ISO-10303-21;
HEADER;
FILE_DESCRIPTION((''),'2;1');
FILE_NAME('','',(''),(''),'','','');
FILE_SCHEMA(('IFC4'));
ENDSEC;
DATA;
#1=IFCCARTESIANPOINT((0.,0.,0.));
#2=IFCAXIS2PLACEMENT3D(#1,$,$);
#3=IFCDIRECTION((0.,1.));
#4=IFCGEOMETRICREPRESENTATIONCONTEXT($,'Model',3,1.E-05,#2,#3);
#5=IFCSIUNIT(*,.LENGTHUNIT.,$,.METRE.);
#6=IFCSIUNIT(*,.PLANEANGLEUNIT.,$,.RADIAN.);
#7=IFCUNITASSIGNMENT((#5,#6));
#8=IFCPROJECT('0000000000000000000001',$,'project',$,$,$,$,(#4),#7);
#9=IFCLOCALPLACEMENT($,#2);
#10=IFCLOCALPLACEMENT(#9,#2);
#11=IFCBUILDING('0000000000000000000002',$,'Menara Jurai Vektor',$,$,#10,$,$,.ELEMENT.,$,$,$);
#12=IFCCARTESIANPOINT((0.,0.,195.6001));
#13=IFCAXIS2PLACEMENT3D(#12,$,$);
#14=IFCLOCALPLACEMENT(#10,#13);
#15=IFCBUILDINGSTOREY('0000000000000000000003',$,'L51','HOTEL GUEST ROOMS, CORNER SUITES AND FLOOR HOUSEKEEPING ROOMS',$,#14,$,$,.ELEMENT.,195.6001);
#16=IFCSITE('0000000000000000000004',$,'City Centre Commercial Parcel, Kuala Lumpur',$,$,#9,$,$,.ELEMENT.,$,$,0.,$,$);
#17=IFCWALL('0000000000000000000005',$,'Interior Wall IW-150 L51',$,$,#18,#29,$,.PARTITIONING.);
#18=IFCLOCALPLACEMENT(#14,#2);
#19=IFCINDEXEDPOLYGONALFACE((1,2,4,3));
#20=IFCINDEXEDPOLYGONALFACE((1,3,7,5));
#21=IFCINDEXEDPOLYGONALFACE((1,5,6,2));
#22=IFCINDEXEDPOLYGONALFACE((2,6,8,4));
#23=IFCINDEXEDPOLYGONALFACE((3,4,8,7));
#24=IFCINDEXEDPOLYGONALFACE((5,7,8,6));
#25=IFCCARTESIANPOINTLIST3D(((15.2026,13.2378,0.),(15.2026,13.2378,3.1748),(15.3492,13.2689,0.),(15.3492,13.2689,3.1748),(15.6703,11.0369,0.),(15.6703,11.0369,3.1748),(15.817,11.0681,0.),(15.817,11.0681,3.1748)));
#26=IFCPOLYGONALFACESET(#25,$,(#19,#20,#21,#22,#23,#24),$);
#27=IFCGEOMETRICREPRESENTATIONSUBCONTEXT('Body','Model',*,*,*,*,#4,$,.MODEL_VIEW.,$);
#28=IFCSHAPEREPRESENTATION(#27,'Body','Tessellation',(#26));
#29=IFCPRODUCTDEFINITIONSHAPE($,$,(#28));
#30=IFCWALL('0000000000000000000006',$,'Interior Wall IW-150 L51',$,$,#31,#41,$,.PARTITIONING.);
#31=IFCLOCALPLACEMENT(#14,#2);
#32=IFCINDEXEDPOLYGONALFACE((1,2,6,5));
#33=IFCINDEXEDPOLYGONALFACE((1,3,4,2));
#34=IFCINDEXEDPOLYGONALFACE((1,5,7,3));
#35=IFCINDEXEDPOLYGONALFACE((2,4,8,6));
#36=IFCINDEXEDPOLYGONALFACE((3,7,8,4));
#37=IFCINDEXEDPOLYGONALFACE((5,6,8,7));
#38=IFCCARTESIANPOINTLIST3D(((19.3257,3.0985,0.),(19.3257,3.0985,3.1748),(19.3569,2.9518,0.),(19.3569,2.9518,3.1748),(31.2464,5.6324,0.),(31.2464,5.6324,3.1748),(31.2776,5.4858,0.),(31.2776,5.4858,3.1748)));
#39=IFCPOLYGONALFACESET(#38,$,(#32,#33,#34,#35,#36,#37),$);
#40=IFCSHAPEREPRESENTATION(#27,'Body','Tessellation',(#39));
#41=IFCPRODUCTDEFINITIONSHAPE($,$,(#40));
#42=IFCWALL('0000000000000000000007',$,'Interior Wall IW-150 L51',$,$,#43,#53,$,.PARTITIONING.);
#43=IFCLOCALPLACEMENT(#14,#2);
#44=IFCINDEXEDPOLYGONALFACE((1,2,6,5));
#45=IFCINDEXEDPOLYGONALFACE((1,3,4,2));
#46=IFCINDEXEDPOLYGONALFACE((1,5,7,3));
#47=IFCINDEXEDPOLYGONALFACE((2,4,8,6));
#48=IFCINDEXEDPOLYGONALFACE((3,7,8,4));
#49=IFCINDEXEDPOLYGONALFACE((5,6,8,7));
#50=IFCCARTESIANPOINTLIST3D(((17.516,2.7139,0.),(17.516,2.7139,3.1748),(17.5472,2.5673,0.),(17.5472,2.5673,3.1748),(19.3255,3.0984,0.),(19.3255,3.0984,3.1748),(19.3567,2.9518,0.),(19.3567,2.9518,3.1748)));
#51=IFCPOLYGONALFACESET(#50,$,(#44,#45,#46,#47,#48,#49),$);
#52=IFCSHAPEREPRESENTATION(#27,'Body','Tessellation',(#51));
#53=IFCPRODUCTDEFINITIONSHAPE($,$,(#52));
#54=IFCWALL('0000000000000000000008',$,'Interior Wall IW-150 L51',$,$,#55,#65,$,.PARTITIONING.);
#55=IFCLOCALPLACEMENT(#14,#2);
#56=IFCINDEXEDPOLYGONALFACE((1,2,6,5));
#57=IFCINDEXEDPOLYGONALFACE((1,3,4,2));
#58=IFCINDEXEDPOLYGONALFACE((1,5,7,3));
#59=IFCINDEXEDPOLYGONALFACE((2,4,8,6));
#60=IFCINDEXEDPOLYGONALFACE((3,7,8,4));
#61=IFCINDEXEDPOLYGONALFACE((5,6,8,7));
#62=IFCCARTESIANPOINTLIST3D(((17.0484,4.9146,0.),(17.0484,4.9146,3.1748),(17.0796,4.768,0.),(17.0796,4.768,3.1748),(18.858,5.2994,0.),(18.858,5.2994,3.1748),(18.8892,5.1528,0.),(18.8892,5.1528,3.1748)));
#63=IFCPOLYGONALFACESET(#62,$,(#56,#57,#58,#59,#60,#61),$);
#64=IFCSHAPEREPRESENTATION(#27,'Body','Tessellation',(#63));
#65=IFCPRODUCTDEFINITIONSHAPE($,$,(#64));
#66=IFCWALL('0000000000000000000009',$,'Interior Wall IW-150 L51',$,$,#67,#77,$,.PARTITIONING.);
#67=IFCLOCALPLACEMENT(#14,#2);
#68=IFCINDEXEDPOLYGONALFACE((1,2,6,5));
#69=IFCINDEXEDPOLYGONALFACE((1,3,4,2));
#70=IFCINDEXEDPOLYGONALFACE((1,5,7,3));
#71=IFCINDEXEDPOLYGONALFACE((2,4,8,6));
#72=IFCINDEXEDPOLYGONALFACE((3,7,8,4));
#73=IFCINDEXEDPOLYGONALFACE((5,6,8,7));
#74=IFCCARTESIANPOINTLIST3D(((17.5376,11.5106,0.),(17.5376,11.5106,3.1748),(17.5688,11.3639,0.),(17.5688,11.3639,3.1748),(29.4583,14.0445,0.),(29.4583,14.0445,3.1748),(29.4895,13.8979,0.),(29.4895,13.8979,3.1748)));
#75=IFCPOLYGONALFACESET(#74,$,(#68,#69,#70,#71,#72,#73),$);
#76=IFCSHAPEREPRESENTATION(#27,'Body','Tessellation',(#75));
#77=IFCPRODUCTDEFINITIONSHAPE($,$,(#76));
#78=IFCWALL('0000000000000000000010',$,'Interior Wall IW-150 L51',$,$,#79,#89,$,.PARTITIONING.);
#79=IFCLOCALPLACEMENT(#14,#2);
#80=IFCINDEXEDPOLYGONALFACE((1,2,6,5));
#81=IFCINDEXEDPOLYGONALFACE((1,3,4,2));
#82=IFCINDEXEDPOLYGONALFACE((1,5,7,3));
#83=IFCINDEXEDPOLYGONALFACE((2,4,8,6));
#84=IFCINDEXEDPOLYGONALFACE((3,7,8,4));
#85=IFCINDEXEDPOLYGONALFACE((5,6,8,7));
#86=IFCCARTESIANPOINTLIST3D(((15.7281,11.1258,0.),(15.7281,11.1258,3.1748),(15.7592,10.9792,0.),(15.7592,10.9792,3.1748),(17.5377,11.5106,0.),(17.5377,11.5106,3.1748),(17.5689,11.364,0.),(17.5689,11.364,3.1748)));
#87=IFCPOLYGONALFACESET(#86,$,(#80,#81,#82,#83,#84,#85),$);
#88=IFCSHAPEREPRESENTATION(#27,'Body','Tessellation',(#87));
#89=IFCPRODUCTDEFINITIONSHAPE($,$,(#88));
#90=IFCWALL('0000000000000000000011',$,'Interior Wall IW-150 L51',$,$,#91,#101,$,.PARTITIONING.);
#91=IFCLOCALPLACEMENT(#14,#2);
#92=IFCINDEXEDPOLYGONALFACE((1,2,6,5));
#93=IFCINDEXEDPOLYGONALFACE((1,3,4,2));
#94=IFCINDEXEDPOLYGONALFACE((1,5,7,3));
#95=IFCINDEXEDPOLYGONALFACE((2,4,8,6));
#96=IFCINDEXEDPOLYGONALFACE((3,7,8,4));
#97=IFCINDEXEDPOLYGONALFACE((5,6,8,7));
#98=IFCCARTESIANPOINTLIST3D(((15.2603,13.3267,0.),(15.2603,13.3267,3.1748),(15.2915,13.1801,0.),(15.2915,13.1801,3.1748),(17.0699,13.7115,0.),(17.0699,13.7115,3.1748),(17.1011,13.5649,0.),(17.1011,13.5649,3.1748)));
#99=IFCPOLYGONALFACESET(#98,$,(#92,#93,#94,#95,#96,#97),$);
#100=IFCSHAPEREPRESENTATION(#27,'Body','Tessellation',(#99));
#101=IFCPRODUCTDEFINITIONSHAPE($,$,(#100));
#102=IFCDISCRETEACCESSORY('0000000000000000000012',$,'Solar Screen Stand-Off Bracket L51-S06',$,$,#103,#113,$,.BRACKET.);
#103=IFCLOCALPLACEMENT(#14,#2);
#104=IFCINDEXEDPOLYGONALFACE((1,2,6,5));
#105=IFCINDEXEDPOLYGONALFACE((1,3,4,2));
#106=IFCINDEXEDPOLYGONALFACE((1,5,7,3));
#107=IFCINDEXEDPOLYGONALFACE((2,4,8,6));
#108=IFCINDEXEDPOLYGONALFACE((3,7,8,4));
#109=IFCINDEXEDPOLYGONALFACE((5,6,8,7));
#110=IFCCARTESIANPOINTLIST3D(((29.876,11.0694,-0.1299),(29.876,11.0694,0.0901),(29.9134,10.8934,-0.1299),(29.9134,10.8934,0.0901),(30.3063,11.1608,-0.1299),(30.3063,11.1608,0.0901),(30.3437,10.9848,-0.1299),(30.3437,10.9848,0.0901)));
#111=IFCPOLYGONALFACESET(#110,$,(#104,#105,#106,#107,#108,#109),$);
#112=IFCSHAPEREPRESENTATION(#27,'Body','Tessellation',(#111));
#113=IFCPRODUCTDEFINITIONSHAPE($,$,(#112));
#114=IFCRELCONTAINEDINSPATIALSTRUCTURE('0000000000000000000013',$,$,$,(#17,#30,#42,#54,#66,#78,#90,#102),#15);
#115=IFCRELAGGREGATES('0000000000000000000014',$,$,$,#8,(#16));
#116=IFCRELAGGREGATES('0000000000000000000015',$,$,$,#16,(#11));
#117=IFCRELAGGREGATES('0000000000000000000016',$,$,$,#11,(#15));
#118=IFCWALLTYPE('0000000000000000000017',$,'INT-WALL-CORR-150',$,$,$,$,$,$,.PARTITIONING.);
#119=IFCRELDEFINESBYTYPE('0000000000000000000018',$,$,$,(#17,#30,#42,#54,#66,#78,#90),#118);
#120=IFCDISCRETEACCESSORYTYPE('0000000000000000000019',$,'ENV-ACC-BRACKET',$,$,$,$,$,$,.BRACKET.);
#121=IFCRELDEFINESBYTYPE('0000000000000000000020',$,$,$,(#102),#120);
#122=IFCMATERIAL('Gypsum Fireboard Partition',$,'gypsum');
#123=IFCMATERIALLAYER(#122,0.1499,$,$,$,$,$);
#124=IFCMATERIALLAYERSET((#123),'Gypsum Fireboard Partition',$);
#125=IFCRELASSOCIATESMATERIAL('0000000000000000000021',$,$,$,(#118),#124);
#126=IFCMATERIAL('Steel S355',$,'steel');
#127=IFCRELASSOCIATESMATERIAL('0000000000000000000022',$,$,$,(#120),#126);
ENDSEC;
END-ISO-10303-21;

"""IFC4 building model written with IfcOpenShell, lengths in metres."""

from ifc_helpers import new_model, si_unit, direction, frame, frame_2d, origin, origin_2d, place, context, subcontext, project, spatial, rectangle, extrude, material, layer, layer_set, type_object, element, save


model = new_model("IFC4")

# Units and contexts
model_context = context("Model", 3, precision=1e-05, world=origin(), true_north=direction((0.0, 1.0)))
body_context = subcontext(model_context, "Body", "Model", "MODEL_VIEW")
ifc_project = project(units=[si_unit("LENGTHUNIT", "METRE"), si_unit("PLANEANGLEUNIT", "RADIAN")], contexts=[model_context])

# Site, building, storey
site_placement = place(None, origin())
site = spatial("IfcSite", under=ifc_project, at=site_placement, Name="City Centre Commercial Parcel, Kuala Lumpur", CompositionType="ELEMENT", RefElevation=0.0)
building_placement = place(site_placement, origin())
building = spatial("IfcBuilding", under=site, at=building_placement, Name="Menara Jurai Vektor", CompositionType="ELEMENT")
storey_placement = place(building_placement, frame((0.0, 0.0, 195.6001)))
storey = spatial("IfcBuildingStorey", under=building, at=storey_placement, Name="L51", Description="HOTEL GUEST ROOMS, CORNER SUITES AND FLOOR HOUSEKEEPING ROOMS", CompositionType="ELEMENT", Elevation=195.6001)

# Shared definitions
ifc_material_1 = material(Name="Steel S355", Category="steel")

# Shared definitions
ifc_material_2 = material(Name="Gypsum Fireboard Partition", Category="gypsum")
ifc_layer_1 = layer(ifc_material_2, 0.1499)
ifc_layer_set_1 = layer_set([ifc_layer_1], Name="Gypsum Fireboard Partition")
wall_type = type_object("IfcWallType", Name="INT-WALL-CORR-150", PredefinedType="PARTITIONING", material=ifc_layer_set_1)

# Walls
wall_1_placement = place(storey_placement, frame((15.7437, 11.0525, 0.0), z_axis=(0.0, 0.0, 1.0), x_axis=(-0.207891, 0.978152, 0.0)))
element("IfcWall", 1, at=wall_1_placement, inside=storey, type_object=wall_type, Name="Interior Wall IW-150 L51", PredefinedType="PARTITIONING", context=body_context, shape_type="SweptSolid", body=[
    extrude(rectangle(XDim=2.25, YDim=0.1499, at=frame_2d((1.125, 0.0))), origin(), (0.0, 0.0, 1.0), 3.1748),
])
wall_2_placement = place(storey_placement, frame((19.3413, 3.0251, 0.0), z_axis=(0.0, 0.0, 1.0), x_axis=(0.978146, 0.207921, 0.0)))
element("IfcWall", 2, at=wall_2_placement, inside=storey, type_object=wall_type, Name="Interior Wall IW-150 L51", PredefinedType="PARTITIONING", context=body_context, shape_type="SweptSolid", body=[
    extrude(rectangle(XDim=12.187, YDim=0.1499, at=frame_2d((6.0935, 0.0))), origin(), (0.0, 0.0, 1.0), 3.1748),
])
wall_3_placement = place(storey_placement, frame((17.5317, 2.6406, 0.0), z_axis=(0.0, 0.0, 1.0), x_axis=(0.97816, 0.207852, 0.0)))
element("IfcWall", 3, at=wall_3_placement, inside=storey, type_object=wall_type, Name="Interior Wall IW-150 L51", PredefinedType="PARTITIONING", context=body_context, shape_type="SweptSolid", body=[
    extrude(rectangle(XDim=1.8499, YDim=0.1499, at=frame_2d((0.9248, 0.0))), origin(), (0.0, 0.0, 1.0), 3.1748),
])
wall_4_placement = place(storey_placement, frame((17.064, 4.8413, 0.0), z_axis=(0.0, 0.0, 1.0), x_axis=(0.978133, 0.207979, 0.0)))
element("IfcWall", 4, at=wall_4_placement, inside=storey, type_object=wall_type, Name="Interior Wall IW-150 L51", PredefinedType="PARTITIONING", context=body_context, shape_type="SweptSolid", body=[
    extrude(rectangle(XDim=1.8501, YDim=0.1499, at=frame_2d((0.925, 0.0))), origin(), (0.0, 0.0, 1.0), 3.1748),
])

# Walls
wall_5_placement = place(storey_placement, frame((17.5532, 11.4373, 0.0), z_axis=(0.0, 0.0, 1.0), x_axis=(0.978146, 0.207921, 0.0)))
element("IfcWall", 5, at=wall_5_placement, inside=storey, type_object=wall_type, Name="Interior Wall IW-150 L51", PredefinedType="PARTITIONING", context=body_context, shape_type="SweptSolid", body=[
    extrude(rectangle(XDim=12.187, YDim=0.1499, at=frame_2d((6.0935, 0.0))), origin(), (0.0, 0.0, 1.0), 3.1748),
])
for number, where, z_axis, x_axis, name in (
    (6, (15.7437, 11.0525, 0.0), (0.0, 0.0, 1.0), (0.978133, 0.207979, 0.0), "Interior Wall IW-150 L51"),
    (7, (15.2759, 13.2534, 0.0), (0.0, 0.0, 1.0), (0.978133, 0.207979, 0.0), "Interior Wall IW-150 L51"),
):
    element("IfcWall", number, at=place(storey_placement, frame(where, z_axis=z_axis, x_axis=x_axis)), inside=storey, type_object=wall_type, Name=name, PredefinedType="PARTITIONING", context=body_context, shape_type="SweptSolid", body=[
        extrude(rectangle(XDim=1.8501, YDim=0.1499, at=frame_2d((0.925, 0.0))), origin(), (0.0, 0.0, 1.0), 3.1748),
    ])

# Discrete accessory
discrete_accessory_type = type_object("IfcDiscreteAccessoryType", Name="ENV-ACC-BRACKET", PredefinedType="BRACKET", material=ifc_material_1)
discrete_accessory_placement = place(storey_placement, frame((30.1099, 11.0271, -0.1299), z_axis=(0.0, 0.0, 1.0), x_axis=(-0.207912, 0.978148, 0.0)))
element("IfcDiscreteAccessory", 8, at=discrete_accessory_placement, inside=storey, type_object=discrete_accessory_type, Name="Solar Screen Stand-Off Bracket L51-S06", PredefinedType="BRACKET", context=body_context, shape_type="SweptSolid", body=[
    extrude(rectangle(XDim=0.1799, YDim=0.4399, at=origin_2d()), origin(), (0.0, 0.0, 1.0), 0.22),
])

save(model, "model.ifc")
